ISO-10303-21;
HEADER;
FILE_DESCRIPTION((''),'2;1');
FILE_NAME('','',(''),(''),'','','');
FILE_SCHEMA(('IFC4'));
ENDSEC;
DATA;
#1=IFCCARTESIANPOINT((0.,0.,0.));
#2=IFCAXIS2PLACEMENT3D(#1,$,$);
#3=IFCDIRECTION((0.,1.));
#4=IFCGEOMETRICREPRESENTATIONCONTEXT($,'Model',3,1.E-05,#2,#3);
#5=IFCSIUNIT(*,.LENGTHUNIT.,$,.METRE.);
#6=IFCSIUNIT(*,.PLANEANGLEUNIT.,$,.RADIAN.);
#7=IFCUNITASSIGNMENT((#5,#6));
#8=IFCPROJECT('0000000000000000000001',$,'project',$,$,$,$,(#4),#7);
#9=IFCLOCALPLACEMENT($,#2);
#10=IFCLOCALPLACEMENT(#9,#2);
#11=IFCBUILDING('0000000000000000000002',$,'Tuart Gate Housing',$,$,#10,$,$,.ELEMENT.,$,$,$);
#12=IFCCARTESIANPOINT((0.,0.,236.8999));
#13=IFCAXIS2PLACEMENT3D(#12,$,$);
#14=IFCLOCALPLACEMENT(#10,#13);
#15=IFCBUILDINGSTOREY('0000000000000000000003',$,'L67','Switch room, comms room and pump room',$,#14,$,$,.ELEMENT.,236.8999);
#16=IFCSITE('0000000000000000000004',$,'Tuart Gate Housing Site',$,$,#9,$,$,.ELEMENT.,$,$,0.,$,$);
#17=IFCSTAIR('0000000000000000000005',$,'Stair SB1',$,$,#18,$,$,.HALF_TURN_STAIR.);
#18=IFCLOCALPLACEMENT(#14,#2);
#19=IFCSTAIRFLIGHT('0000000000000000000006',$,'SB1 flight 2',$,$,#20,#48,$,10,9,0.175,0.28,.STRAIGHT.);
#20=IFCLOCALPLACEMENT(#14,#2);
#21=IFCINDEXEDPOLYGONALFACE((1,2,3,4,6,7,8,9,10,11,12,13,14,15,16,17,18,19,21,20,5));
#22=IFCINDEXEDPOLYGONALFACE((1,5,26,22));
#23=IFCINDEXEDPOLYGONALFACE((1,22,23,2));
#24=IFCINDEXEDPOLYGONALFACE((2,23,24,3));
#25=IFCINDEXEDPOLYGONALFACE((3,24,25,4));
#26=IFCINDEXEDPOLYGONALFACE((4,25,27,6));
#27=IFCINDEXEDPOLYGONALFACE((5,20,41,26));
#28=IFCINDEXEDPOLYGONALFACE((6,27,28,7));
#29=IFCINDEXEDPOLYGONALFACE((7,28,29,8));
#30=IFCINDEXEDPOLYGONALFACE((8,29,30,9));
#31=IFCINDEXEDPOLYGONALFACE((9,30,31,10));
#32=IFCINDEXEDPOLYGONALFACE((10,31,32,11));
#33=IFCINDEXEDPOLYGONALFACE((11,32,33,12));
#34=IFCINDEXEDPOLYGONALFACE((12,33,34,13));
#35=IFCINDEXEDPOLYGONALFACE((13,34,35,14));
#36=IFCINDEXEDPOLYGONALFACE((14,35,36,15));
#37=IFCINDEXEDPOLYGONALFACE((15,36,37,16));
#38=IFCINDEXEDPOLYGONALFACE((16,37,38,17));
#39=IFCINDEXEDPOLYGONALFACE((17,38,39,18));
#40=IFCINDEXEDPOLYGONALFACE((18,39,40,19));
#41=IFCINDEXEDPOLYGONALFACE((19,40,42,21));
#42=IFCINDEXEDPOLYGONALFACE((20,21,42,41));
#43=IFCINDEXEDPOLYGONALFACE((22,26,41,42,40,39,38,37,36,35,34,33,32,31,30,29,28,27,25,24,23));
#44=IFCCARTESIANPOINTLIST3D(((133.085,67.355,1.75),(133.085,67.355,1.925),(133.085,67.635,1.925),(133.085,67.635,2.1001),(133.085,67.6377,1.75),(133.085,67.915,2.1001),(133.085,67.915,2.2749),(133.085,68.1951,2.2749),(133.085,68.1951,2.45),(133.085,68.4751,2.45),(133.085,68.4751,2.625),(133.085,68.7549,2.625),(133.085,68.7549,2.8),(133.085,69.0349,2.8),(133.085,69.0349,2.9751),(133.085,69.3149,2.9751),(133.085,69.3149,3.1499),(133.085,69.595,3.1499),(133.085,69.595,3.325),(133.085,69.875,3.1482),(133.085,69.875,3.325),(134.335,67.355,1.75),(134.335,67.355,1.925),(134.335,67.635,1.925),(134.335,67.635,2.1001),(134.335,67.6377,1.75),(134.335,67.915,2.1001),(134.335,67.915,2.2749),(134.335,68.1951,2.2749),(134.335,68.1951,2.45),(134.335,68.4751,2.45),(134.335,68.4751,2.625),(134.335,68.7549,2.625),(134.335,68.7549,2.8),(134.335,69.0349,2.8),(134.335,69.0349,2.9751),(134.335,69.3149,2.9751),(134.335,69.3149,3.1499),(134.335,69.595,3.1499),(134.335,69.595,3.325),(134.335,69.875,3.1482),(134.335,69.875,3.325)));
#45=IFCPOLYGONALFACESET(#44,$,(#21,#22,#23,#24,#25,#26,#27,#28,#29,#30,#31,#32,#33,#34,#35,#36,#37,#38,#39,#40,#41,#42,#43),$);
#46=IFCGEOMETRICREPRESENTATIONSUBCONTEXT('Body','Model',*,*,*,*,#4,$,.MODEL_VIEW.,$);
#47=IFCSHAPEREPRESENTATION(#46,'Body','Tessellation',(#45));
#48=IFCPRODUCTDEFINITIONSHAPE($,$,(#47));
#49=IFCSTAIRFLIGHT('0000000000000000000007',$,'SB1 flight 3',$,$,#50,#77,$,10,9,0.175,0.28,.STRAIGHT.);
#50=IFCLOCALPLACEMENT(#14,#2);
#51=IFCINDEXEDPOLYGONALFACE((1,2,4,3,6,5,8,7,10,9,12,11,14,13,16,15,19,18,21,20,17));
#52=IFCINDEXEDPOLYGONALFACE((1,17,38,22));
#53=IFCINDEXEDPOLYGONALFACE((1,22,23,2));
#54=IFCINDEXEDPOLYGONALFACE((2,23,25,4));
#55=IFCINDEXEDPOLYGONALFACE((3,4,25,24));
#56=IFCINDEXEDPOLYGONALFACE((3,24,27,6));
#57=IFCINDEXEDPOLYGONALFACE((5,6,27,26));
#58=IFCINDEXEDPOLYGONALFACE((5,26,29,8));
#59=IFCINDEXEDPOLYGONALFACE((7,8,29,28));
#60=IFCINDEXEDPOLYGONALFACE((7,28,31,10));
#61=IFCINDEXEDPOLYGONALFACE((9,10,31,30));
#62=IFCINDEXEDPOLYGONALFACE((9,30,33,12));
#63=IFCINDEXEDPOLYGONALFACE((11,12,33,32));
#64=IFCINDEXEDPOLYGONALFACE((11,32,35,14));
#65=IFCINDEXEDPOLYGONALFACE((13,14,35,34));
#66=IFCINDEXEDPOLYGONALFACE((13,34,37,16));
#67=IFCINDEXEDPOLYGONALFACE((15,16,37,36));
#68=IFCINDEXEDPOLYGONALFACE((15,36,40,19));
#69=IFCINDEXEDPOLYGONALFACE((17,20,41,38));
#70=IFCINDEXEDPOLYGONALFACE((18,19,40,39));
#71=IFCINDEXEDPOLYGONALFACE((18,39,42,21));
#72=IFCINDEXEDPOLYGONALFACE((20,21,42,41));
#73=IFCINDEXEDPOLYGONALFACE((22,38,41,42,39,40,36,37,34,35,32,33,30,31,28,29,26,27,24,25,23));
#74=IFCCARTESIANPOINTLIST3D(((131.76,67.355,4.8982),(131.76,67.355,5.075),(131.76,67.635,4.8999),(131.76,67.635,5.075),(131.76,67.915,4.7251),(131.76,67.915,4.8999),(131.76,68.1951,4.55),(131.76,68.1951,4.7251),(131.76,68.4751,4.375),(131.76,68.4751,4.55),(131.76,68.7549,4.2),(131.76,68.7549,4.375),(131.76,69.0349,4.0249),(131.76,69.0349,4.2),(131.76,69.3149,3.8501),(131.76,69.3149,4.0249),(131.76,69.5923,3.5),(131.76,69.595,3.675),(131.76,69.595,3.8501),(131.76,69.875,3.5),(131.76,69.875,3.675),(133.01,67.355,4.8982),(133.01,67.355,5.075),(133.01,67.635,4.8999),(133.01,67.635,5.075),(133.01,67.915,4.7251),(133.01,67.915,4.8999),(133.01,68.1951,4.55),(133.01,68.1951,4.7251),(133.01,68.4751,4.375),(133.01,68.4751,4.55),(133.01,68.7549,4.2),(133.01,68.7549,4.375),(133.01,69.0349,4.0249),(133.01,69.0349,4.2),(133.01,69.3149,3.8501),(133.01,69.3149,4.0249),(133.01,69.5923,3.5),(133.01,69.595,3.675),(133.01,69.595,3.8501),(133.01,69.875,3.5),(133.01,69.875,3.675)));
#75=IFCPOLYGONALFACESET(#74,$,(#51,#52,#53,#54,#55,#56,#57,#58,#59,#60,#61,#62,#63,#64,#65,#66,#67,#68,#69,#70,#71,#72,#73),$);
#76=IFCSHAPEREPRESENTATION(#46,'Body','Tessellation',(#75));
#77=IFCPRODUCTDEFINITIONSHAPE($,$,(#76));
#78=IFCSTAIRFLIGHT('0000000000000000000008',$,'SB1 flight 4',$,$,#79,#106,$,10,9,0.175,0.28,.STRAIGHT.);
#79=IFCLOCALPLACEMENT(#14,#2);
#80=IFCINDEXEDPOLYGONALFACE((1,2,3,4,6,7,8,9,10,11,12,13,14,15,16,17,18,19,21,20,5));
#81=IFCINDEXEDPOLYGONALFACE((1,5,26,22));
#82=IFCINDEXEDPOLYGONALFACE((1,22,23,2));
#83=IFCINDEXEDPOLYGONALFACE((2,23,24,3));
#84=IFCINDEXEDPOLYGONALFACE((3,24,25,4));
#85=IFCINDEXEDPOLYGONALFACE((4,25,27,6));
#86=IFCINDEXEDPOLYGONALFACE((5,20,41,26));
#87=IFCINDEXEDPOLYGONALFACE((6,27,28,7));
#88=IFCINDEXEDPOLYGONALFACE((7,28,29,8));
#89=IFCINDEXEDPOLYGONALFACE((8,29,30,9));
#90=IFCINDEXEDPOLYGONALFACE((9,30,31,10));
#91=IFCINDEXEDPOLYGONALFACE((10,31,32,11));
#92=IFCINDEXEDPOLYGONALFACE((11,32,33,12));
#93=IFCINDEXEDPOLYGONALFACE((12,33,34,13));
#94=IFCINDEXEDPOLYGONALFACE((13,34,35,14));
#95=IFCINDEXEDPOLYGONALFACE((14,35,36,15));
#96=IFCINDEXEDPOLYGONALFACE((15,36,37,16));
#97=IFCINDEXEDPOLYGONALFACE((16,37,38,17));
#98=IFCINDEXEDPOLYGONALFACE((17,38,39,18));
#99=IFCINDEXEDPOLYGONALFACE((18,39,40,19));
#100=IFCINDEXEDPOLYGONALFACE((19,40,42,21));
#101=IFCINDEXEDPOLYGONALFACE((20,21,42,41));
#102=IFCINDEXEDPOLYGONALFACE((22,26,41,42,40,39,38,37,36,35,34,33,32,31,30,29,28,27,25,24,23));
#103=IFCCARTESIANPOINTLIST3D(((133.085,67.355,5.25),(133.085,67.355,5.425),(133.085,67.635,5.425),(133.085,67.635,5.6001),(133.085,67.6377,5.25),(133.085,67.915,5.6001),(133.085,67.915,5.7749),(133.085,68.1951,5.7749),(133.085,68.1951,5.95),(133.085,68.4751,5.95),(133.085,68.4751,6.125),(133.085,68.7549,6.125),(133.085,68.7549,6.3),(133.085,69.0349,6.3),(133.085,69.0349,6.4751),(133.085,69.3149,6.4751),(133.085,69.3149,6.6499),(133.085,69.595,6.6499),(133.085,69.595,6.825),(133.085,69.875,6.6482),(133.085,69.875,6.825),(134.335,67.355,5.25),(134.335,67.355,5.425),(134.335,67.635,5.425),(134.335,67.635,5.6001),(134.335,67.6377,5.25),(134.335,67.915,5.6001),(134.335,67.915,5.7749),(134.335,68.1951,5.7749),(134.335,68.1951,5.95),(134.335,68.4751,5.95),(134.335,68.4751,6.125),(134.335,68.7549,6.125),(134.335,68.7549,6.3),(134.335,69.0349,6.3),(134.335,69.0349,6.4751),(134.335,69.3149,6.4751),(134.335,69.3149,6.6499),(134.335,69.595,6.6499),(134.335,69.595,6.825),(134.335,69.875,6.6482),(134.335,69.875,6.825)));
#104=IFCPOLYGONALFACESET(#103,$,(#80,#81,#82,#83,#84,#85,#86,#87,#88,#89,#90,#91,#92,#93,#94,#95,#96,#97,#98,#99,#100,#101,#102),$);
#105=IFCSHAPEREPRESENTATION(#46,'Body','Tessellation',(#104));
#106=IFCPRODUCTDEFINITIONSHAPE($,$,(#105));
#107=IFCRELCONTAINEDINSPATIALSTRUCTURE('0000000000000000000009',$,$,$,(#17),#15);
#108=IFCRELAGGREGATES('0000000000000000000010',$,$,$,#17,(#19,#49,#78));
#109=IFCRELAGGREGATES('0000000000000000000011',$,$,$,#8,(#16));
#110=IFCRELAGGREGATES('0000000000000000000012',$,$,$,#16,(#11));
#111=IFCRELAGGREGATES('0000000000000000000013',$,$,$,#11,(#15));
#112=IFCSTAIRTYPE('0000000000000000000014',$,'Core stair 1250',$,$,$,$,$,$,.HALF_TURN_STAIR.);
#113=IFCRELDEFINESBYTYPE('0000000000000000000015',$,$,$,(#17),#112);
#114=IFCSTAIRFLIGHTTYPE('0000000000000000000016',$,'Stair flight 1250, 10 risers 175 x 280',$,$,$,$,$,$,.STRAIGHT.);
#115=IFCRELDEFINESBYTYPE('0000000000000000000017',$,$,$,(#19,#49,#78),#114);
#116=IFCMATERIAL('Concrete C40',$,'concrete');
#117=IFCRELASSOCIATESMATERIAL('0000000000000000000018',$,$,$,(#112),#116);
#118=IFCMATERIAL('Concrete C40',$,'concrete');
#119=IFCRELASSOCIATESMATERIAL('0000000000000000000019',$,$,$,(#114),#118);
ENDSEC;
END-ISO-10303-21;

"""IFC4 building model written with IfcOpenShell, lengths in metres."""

from ifc_helpers import new_model, si_unit, direction, frame, origin, place, context, subcontext, project, spatial, polyline, outline, extrude, material, type_object, element, aggregate, save


model = new_model("IFC4")

# Units and contexts
model_context = context("Model", 3, precision=1e-05, world=origin(), true_north=direction((0.0, 1.0)))
body_context = subcontext(model_context, "Body", "Model", "MODEL_VIEW")
ifc_project = project(units=[si_unit("LENGTHUNIT", "METRE"), si_unit("PLANEANGLEUNIT", "RADIAN")], contexts=[model_context])

# Site, building, storey
site_placement = place(None, origin())
site = spatial("IfcSite", under=ifc_project, at=site_placement, Name="Tuart Gate Housing Site", CompositionType="ELEMENT", RefElevation=0.0)
building_placement = place(site_placement, origin())
building = spatial("IfcBuilding", under=site, at=building_placement, Name="Tuart Gate Housing", CompositionType="ELEMENT")
storey_placement = place(building_placement, frame((0.0, 0.0, 236.8999)))
storey = spatial("IfcBuildingStorey", under=building, at=storey_placement, Name="L67", Description="Switch room, comms room and pump room", CompositionType="ELEMENT", Elevation=236.8999)

# Stair, stair flights
ifc_material_1 = material(Name="Concrete C40", Category="concrete")
stair_type = type_object("IfcStairType", Name="Core stair 1250", PredefinedType="HALF_TURN_STAIR", material=ifc_material_1)
stair_placement = place(storey_placement, origin())
stair = element("IfcStair", 1, at=stair_placement, inside=storey, type_object=stair_type, Name="Stair SB1", PredefinedType="HALF_TURN_STAIR")
ifc_material_2 = material(Name="Concrete C40", Category="concrete")
stair_flight_type = type_object("IfcStairFlightType", Name="Stair flight 1250, 10 risers 175 x 280", PredefinedType="STRAIGHT", material=ifc_material_2)
stair_flight_1_placement = place(storey_placement, frame((133.71, 67.355, 1.75), z_axis=(0.0, 0.0, 1.0), x_axis=(0.0, 1.0, 0.0)))
stair_flight_1 = element("IfcStairFlight", 2, at=stair_flight_1_placement, type_object=stair_flight_type, Name="SB1 flight 2", NumberOfRisers=10, NumberOfTreads=9, PredefinedType="STRAIGHT", RiserHeight=0.175, TreadLength=0.28, context=body_context, shape_type="SweptSolid", body=[
    extrude(outline(polyline([(0.0, 0.0), (0.0, 0.175), (0.28, 0.175), (0.28, 0.3501), (0.5601, 0.3501), (0.5601, 0.5249), (0.8401, 0.5249), (0.8401, 0.7), (1.1201, 0.7), (1.1201, 0.875), (1.3999, 0.875), (1.3999, 1.05), (1.6799, 1.05), (1.6799, 1.2251), (1.96, 1.2251), (1.96, 1.3999), (2.24, 1.3999), (2.24, 1.575), (2.52, 1.575), (2.52, 1.75), (2.52, 1.3982), (0.2827, 0.0), (0.0, 0.0)])), frame((0.0, 0.625, 0.0), z_axis=(0.0, -1.0, 0.0), x_axis=(1.0, 0.0, 0.0)), (0.0, 0.0, 1.0), 1.25),
])
stair_flight_2_placement = place(storey_placement, frame((132.385, 69.875, 3.5), z_axis=(0.0, 0.0, 1.0), x_axis=(0.0, -1.0, 0.0)))
stair_flight_2 = element("IfcStairFlight", 3, at=stair_flight_2_placement, type_object=stair_flight_type, Name="SB1 flight 3", NumberOfRisers=10, NumberOfTreads=9, PredefinedType="STRAIGHT", RiserHeight=0.175, TreadLength=0.28, context=body_context, shape_type="SweptSolid", body=[
    extrude(outline(polyline([(0.0, 0.0), (0.0, 0.175), (0.28, 0.175), (0.28, 0.3501), (0.5601, 0.3501), (0.5601, 0.5249), (0.8401, 0.5249), (0.8401, 0.7), (1.1201, 0.7), (1.1201, 0.875), (1.3999, 0.875), (1.3999, 1.05), (1.6799, 1.05), (1.6799, 1.2251), (1.96, 1.2251), (1.96, 1.3999), (2.24, 1.3999), (2.24, 1.575), (2.52, 1.575), (2.52, 1.75), (2.52, 1.3982), (0.2827, 0.0), (0.0, 0.0)])), frame((0.0, 0.625, 0.0), z_axis=(0.0, -1.0, 0.0), x_axis=(1.0, 0.0, 0.0)), (0.0, 0.0, 1.0), 1.25),
])
stair_flight_3_placement = place(storey_placement, frame((133.71, 67.355, 5.25), z_axis=(0.0, 0.0, 1.0), x_axis=(0.0, 1.0, 0.0)))
stair_flight_3 = element("IfcStairFlight", 4, at=stair_flight_3_placement, type_object=stair_flight_type, Name="SB1 flight 4", NumberOfRisers=10, NumberOfTreads=9, PredefinedType="STRAIGHT", RiserHeight=0.175, TreadLength=0.28, context=body_context, shape_type="SweptSolid", body=[
    extrude(outline(polyline([(0.0, 0.0), (0.0, 0.175), (0.28, 0.175), (0.28, 0.3501), (0.5601, 0.3501), (0.5601, 0.5249), (0.8401, 0.5249), (0.8401, 0.7), (1.1201, 0.7), (1.1201, 0.875), (1.3999, 0.875), (1.3999, 1.05), (1.6799, 1.05), (1.6799, 1.2251), (1.96, 1.2251), (1.96, 1.3999), (2.24, 1.3999), (2.24, 1.575), (2.52, 1.575), (2.52, 1.75), (2.52, 1.3982), (0.2827, 0.0), (0.0, 0.0)])), frame((0.0, 0.625, 0.0), z_axis=(0.0, -1.0, 0.0), x_axis=(1.0, 0.0, 0.0)), (0.0, 0.0, 1.0), 1.25),
])
aggregate(stair, [stair_flight_1, stair_flight_2, stair_flight_3])

save(model, "model.ifc")
